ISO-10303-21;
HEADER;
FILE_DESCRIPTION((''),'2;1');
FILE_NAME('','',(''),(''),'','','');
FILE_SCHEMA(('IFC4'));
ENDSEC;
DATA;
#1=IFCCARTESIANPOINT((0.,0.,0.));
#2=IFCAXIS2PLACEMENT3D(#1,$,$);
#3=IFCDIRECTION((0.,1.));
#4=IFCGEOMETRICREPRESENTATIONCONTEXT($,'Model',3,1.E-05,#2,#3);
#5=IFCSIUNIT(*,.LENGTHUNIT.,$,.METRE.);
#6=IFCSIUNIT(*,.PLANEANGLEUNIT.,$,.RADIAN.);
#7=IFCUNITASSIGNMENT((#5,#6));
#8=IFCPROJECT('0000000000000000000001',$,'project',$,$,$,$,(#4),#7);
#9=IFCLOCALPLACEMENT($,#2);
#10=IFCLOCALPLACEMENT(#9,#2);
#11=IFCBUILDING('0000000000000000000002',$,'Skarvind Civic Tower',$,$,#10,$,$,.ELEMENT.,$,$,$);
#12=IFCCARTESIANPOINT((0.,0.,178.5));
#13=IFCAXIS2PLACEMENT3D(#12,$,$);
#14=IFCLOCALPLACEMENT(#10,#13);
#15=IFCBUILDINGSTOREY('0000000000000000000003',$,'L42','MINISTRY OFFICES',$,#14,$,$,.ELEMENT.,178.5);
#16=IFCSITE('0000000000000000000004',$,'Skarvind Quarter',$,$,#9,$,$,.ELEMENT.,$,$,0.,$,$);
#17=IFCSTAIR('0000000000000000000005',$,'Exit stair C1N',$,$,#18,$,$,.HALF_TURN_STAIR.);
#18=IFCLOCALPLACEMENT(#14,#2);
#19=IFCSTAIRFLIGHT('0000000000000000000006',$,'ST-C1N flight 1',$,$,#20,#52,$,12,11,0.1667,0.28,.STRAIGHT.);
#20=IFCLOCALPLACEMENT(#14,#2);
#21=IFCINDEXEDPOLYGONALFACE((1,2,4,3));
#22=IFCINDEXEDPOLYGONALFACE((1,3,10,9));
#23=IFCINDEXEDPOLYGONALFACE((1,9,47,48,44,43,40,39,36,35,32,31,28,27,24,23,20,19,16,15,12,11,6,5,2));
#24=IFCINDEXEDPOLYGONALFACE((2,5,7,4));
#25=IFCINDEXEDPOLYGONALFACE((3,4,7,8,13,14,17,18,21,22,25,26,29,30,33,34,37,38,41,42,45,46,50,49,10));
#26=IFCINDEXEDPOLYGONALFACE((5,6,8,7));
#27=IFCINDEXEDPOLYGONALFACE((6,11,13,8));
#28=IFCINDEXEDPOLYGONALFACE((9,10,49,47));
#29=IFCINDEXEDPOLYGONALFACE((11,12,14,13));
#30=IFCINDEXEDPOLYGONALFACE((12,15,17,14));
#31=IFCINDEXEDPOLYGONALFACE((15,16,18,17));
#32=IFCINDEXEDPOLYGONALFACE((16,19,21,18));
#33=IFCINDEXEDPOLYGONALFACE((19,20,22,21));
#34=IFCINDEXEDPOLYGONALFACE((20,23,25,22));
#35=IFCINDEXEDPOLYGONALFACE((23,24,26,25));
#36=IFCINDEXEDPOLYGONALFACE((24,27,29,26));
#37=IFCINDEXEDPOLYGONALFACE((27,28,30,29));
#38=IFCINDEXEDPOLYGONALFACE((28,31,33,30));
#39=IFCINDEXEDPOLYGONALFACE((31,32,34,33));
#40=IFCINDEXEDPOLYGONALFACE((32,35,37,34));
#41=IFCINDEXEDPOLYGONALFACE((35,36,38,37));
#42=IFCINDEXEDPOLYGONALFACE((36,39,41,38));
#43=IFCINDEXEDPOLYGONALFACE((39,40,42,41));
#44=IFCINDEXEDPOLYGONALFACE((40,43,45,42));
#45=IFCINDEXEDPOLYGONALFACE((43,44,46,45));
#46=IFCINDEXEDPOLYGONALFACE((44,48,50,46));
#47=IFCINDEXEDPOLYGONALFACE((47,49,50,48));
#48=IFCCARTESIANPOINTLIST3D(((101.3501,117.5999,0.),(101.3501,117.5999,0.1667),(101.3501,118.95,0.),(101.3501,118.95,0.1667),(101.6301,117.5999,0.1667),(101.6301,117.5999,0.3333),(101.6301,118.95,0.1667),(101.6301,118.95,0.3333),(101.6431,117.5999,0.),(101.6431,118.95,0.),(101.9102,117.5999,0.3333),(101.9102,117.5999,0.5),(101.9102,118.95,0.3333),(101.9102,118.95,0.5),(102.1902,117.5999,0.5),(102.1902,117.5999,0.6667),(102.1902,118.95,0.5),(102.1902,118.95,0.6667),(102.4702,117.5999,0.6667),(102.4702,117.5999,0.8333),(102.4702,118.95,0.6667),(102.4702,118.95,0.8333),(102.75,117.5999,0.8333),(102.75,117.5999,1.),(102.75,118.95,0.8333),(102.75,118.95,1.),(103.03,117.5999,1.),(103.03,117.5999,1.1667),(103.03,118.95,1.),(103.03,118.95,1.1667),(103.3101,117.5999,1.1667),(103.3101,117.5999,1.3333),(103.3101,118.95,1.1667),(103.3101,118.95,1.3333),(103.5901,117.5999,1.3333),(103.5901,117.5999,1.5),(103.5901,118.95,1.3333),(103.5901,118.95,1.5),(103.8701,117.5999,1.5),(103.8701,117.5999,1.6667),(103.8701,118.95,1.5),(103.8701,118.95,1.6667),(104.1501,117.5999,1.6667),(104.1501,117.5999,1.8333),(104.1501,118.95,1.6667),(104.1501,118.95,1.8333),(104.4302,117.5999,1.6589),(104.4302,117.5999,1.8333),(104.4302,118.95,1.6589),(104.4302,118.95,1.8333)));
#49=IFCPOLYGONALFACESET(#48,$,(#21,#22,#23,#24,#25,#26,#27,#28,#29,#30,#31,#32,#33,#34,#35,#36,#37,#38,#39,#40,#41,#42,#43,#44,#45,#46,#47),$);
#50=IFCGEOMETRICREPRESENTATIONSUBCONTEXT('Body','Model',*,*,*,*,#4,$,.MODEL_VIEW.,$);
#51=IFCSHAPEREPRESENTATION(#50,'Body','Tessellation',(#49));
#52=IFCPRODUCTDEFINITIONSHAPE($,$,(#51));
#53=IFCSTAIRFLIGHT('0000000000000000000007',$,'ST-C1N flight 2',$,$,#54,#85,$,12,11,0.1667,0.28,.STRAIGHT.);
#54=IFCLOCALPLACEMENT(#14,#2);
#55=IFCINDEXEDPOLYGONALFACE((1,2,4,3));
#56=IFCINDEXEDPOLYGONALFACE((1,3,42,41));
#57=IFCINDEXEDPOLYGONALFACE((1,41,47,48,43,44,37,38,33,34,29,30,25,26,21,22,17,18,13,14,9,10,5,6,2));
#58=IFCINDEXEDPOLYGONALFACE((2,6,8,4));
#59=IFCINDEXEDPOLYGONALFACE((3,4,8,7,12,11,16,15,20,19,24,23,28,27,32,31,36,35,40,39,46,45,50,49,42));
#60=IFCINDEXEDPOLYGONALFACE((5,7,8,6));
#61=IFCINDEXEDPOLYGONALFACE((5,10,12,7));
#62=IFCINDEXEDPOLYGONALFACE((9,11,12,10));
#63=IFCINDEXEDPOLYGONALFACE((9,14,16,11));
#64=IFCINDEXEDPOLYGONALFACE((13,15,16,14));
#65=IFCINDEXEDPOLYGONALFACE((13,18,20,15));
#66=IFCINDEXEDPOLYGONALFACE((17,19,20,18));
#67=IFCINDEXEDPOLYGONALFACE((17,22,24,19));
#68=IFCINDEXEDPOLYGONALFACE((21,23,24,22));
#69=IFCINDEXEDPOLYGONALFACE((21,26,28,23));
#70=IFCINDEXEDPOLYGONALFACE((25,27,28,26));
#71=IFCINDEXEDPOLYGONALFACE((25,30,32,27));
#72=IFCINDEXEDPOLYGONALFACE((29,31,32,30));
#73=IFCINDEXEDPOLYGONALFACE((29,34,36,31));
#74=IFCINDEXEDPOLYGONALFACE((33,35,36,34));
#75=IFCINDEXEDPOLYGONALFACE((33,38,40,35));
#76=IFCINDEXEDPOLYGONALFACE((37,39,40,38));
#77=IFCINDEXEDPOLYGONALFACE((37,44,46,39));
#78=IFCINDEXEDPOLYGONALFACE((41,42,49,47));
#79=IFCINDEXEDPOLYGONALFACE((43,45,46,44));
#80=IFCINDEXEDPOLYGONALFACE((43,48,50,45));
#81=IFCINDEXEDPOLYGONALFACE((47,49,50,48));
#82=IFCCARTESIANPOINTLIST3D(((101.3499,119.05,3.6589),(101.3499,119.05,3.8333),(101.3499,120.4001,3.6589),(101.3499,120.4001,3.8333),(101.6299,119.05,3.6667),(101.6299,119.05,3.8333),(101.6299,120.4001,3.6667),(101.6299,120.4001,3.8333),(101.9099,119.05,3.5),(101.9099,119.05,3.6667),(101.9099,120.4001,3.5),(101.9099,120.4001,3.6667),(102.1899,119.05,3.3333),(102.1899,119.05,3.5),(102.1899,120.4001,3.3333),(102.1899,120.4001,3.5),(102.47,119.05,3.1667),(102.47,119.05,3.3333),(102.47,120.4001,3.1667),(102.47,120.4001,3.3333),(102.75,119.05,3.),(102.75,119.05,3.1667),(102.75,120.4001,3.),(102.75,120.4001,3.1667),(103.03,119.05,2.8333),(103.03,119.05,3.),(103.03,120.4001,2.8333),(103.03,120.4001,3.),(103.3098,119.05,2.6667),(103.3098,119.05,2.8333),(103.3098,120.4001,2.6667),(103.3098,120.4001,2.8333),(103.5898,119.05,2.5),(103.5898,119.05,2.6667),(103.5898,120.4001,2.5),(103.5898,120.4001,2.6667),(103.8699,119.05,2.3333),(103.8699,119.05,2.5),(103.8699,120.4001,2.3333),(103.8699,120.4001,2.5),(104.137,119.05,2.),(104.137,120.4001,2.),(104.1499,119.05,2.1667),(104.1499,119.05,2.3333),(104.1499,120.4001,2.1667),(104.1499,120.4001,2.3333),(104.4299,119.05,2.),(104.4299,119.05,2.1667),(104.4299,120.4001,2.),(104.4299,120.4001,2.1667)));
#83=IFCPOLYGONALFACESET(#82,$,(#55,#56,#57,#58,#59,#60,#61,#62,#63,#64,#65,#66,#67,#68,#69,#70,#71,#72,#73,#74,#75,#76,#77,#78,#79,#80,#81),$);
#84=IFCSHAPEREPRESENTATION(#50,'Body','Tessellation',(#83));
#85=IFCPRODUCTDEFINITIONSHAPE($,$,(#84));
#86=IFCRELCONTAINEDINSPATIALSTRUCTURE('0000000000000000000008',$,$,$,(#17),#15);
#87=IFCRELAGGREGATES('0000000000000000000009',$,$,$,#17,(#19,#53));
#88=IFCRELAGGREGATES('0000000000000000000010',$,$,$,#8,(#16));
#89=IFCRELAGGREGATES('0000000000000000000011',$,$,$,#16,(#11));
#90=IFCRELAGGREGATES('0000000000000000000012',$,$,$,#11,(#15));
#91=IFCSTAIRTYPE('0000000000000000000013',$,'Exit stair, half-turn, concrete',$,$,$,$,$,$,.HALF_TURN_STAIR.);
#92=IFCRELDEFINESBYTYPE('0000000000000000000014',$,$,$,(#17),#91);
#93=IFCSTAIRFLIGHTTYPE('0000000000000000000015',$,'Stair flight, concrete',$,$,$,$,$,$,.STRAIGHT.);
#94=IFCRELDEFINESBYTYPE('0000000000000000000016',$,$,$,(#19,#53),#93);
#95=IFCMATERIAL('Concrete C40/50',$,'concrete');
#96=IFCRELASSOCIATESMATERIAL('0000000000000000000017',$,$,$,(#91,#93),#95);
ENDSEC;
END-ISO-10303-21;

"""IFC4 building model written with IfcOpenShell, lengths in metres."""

from ifc_helpers import new_model, si_unit, direction, frame, origin, place, context, subcontext, project, spatial, polyline, outline, extrude, material, type_object, element, aggregate, save


model = new_model("IFC4")

# Units and contexts
model_context = context("Model", 3, precision=1e-05, world=origin(), true_north=direction((0.0, 1.0)))
body_context = subcontext(model_context, "Body", "Model", "MODEL_VIEW")
ifc_project = project(units=[si_unit("LENGTHUNIT", "METRE"), si_unit("PLANEANGLEUNIT", "RADIAN")], contexts=[model_context])

# Site, building, storey
site_placement = place(None, origin())
site = spatial("IfcSite", under=ifc_project, at=site_placement, Name="Skarvind Quarter", CompositionType="ELEMENT", RefElevation=0.0)
building_placement = place(site_placement, origin())
building = spatial("IfcBuilding", under=site, at=building_placement, Name="Skarvind Civic Tower", CompositionType="ELEMENT")
storey_placement = place(building_placement, frame((0.0, 0.0, 178.5)))
storey = spatial("IfcBuildingStorey", under=building, at=storey_placement, Name="L42", Description="MINISTRY OFFICES", CompositionType="ELEMENT", Elevation=178.5)

# Stair, stair flights
ifc_material_1 = material(Name="Concrete C40/50", Category="concrete")
stair_type = type_object("IfcStairType", Name="Exit stair, half-turn, concrete", PredefinedType="HALF_TURN_STAIR", material=ifc_material_1)
stair_placement = place(storey_placement, origin())
stair = element("IfcStair", 1, at=stair_placement, inside=storey, type_object=stair_type, Name="Exit stair C1N", PredefinedType="HALF_TURN_STAIR")
stair_flight_type = type_object("IfcStairFlightType", Name="Stair flight, concrete", PredefinedType="STRAIGHT", material=ifc_material_1)
stair_flight_1_placement = place(storey_placement, frame((101.3501, 118.2749, 0.0), z_axis=(0.0, 0.0, 1.0), x_axis=(1.0, 0.0, 0.0)))
stair_flight_1 = element("IfcStairFlight", 2, at=stair_flight_1_placement, type_object=stair_flight_type, Name="ST-C1N flight 1", NumberOfRisers=12, NumberOfTreads=11, PredefinedType="STRAIGHT", RiserHeight=0.1667, TreadLength=0.28, context=body_context, shape_type="SweptSolid", body=[
    extrude(outline(polyline([(0.0, 0.0), (0.0, 0.1667), (0.28, 0.1667), (0.28, 0.3333), (0.5601, 0.3333), (0.5601, 0.5), (0.8401, 0.5), (0.8401, 0.6667), (1.1201, 0.6667), (1.1201, 0.8333), (1.3999, 0.8333), (1.3999, 1.0), (1.6799, 1.0), (1.6799, 1.1667), (1.96, 1.1667), (1.96, 1.3333), (2.24, 1.3333), (2.24, 1.5), (2.52, 1.5), (2.52, 1.6667), (2.8, 1.6667), (2.8, 1.8333), (3.0801, 1.8333), (3.0801, 2.0), (3.0801, 1.6589), (0.293, 0.0), (0.0, 0.0)])), frame((0.0, 0.675, 0.0), z_axis=(0.0, -1.0, 0.0), x_axis=(1.0, 0.0, 0.0)), (0.0, 0.0, 1.0), 1.3501),
])
stair_flight_2_placement = place(storey_placement, frame((104.4299, 119.7251, 2.0), z_axis=(0.0, 0.0, 1.0), x_axis=(-1.0, 0.0, 0.0)))
stair_flight_2 = element("IfcStairFlight", 3, at=stair_flight_2_placement, type_object=stair_flight_type, Name="ST-C1N flight 2", NumberOfRisers=12, NumberOfTreads=11, PredefinedType="STRAIGHT", RiserHeight=0.1667, TreadLength=0.28, context=body_context, shape_type="SweptSolid", body=[
    extrude(outline(polyline([(0.0, 0.0), (0.0, 0.1667), (0.28, 0.1667), (0.28, 0.3333), (0.5601, 0.3333), (0.5601, 0.5), (0.8401, 0.5), (0.8401, 0.6667), (1.1201, 0.6667), (1.1201, 0.8333), (1.3999, 0.8333), (1.3999, 1.0), (1.6799, 1.0), (1.6799, 1.1667), (1.96, 1.1667), (1.96, 1.3333), (2.24, 1.3333), (2.24, 1.5), (2.52, 1.5), (2.52, 1.6667), (2.8, 1.6667), (2.8, 1.8333), (3.0801, 1.8333), (3.0801, 2.0), (3.0801, 1.6589), (0.293, 0.0), (0.0, 0.0)])), frame((0.0, 0.675, 0.0), z_axis=(0.0, -1.0, 0.0), x_axis=(1.0, 0.0, 0.0)), (0.0, 0.0, 1.0), 1.3501),
])
aggregate(stair, [stair_flight_1, stair_flight_2])

save(model, "model.ifc")
